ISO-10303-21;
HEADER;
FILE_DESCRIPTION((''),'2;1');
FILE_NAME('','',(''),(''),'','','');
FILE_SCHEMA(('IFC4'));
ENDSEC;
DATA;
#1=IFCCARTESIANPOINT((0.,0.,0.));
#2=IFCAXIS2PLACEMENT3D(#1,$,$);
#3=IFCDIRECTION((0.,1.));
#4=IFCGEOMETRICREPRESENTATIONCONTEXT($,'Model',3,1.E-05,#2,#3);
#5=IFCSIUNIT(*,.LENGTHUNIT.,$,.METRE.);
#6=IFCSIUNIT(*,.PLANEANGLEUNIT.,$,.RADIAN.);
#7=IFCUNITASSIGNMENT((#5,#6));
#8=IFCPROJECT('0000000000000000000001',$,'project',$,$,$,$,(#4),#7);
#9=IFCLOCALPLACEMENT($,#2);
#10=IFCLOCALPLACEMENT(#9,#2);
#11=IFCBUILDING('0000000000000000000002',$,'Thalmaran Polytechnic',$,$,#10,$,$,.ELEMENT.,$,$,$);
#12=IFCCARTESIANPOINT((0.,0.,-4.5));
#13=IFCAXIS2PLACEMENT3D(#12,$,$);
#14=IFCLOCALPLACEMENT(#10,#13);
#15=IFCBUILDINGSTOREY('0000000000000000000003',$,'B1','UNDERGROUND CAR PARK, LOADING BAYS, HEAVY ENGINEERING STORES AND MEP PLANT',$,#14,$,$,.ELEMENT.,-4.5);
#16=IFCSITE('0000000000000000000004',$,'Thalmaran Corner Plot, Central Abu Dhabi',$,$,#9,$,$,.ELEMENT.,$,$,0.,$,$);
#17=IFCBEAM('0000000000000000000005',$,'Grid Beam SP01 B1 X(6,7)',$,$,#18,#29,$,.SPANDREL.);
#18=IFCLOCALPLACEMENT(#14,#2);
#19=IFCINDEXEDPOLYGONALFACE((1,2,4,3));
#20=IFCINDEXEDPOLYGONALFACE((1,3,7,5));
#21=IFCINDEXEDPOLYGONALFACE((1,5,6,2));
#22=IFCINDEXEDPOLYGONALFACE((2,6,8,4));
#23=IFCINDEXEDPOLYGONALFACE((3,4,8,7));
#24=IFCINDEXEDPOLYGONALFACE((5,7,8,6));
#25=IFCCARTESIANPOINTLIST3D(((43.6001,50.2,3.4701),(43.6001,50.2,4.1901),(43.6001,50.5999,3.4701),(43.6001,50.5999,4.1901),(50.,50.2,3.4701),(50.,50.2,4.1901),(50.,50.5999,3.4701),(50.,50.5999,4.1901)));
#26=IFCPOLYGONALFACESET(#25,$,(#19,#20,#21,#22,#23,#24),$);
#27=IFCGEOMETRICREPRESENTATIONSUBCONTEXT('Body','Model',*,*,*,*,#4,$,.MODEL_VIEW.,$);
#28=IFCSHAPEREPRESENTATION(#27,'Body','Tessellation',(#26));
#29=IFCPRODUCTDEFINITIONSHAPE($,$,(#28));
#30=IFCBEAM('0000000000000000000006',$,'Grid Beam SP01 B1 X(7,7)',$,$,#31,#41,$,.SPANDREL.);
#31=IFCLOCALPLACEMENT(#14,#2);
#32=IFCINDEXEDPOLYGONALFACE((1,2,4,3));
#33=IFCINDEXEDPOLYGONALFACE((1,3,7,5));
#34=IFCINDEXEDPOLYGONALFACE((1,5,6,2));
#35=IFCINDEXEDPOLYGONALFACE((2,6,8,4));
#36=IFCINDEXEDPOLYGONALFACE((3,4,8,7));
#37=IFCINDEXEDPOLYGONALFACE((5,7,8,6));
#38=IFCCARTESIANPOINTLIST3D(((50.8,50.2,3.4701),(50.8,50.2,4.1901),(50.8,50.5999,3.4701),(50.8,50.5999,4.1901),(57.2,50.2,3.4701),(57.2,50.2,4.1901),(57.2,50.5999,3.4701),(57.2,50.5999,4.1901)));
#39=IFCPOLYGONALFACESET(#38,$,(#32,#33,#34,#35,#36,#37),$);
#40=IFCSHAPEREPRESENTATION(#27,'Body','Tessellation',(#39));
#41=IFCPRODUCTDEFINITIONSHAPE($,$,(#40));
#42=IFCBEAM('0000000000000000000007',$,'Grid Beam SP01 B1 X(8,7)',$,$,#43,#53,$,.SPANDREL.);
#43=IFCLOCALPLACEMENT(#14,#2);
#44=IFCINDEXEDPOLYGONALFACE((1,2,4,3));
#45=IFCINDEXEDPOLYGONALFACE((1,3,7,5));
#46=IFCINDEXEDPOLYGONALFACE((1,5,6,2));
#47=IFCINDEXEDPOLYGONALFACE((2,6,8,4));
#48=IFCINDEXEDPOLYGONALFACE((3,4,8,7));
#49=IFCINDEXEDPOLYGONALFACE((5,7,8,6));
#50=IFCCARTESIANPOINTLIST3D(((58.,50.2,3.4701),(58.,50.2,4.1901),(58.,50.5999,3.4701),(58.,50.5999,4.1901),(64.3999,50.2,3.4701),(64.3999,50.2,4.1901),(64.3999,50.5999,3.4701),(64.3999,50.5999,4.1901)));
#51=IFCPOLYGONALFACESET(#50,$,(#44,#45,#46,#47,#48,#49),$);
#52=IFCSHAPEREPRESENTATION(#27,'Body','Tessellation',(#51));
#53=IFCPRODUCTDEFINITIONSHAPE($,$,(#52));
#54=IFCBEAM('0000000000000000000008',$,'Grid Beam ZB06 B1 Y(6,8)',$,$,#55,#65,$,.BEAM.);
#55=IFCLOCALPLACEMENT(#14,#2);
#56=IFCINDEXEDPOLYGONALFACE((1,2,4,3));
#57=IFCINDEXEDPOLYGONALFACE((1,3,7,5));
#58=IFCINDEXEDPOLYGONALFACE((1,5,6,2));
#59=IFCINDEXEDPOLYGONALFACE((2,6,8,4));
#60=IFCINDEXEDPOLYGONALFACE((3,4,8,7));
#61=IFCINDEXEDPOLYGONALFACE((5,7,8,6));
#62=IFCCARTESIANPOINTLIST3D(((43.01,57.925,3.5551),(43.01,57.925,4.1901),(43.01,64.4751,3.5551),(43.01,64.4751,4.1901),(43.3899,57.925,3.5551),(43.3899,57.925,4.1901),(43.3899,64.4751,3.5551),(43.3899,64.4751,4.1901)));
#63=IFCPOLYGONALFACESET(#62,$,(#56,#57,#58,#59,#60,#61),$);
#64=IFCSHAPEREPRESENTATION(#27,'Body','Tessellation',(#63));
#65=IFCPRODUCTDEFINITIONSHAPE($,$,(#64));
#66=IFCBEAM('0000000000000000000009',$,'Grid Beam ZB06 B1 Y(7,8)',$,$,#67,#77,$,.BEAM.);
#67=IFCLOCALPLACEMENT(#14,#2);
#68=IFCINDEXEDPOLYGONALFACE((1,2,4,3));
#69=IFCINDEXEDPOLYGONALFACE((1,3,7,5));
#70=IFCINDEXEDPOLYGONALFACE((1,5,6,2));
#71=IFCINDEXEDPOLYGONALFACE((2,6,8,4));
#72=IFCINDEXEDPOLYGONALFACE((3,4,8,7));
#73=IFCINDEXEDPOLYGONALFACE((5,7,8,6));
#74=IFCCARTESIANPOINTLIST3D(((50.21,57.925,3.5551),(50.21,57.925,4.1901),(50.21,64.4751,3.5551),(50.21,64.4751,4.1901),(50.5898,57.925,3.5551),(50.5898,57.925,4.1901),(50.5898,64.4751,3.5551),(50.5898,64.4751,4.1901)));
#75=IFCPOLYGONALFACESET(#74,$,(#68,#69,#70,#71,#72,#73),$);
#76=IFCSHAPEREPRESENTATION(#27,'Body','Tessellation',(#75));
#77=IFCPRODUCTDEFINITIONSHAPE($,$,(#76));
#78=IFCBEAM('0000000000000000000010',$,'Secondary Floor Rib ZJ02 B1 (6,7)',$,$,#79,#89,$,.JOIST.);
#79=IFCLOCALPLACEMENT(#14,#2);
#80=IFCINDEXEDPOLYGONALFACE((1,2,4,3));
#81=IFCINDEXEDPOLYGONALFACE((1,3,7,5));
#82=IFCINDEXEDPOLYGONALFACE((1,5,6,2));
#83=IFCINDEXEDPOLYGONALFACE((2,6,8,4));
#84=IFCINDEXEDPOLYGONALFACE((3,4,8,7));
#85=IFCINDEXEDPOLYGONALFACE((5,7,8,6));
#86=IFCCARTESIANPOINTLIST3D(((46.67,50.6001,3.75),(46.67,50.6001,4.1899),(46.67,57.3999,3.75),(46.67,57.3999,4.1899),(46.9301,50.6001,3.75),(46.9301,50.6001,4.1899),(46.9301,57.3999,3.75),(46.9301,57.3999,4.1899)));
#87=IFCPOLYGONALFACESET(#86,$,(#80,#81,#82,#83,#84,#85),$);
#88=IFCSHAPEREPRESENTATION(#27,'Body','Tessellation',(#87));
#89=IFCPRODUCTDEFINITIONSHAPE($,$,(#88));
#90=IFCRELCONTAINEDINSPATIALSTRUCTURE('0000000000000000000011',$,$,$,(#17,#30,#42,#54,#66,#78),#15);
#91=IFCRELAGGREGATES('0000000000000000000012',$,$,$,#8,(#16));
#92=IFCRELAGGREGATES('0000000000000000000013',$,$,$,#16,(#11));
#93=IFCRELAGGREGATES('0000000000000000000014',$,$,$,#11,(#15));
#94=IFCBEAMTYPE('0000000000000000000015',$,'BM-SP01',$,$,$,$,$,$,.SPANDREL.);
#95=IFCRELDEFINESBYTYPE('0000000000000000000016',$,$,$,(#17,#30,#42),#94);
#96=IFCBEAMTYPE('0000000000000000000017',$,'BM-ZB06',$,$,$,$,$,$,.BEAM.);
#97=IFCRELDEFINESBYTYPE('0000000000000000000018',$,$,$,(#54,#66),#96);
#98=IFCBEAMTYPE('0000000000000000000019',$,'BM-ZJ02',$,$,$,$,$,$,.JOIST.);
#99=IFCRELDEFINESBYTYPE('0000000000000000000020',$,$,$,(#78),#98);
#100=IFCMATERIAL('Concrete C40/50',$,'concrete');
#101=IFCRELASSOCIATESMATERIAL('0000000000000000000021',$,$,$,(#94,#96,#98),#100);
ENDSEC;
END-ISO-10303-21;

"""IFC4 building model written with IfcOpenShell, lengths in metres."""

from ifc_helpers import new_model, si_unit, direction, frame, origin, origin_2d, place, context, subcontext, project, spatial, rectangle, extrude, material, material_profile, profile_set, type_object, element, save


model = new_model("IFC4")

# Units and contexts
model_context = context("Model", 3, precision=1e-05, world=origin(), true_north=direction((0.0, 1.0)))
body_context = subcontext(model_context, "Body", "Model", "MODEL_VIEW")
ifc_project = project(units=[si_unit("LENGTHUNIT", "METRE"), si_unit("PLANEANGLEUNIT", "RADIAN")], contexts=[model_context])

# Site, building, storey
site_placement = place(None, origin())
site = spatial("IfcSite", under=ifc_project, at=site_placement, Name="Thalmaran Corner Plot, Central Abu Dhabi", CompositionType="ELEMENT", RefElevation=0.0)
building_placement = place(site_placement, origin())
building = spatial("IfcBuilding", under=site, at=building_placement, Name="Thalmaran Polytechnic", CompositionType="ELEMENT")
storey_placement = place(building_placement, frame((0.0, 0.0, -4.5)))
storey = spatial("IfcBuildingStorey", under=building, at=storey_placement, Name="B1", Description="UNDERGROUND CAR PARK, LOADING BAYS, HEAVY ENGINEERING STORES AND MEP PLANT", CompositionType="ELEMENT", Elevation=-4.5)

# Shared definitions
ifc_material_1 = material(Name="Concrete C40/50", Category="concrete")

# Beams
ifc_material_profile_1 = material_profile(ifc_material_1, rectangle(XDim=0.3999, YDim=0.72, at=origin_2d()), Name="RC 400x720")
ifc_profile_set_1 = profile_set([ifc_material_profile_1], Name="Concrete C40/50")
beam_type_1 = type_object("IfcBeamType", Name="BM-SP01", PredefinedType="SPANDREL", material=ifc_profile_set_1)
for number, where, z_axis, x_axis, name in (
    (1, (43.6001, 50.3999, 3.8301), (1.0, 0.0, 0.0), (0.0, 1.0, 0.0), "Grid Beam SP01 B1 X(6,7)"),
    (2, (50.8, 50.3999, 3.8301), (1.0, 0.0, 0.0), (0.0, 1.0, 0.0), "Grid Beam SP01 B1 X(7,7)"),
    (3, (58.0, 50.3999, 3.8301), (1.0, 0.0, 0.0), (0.0, 1.0, 0.0), "Grid Beam SP01 B1 X(8,7)"),
):
    element("IfcBeam", number, at=place(storey_placement, frame(where, z_axis=z_axis, x_axis=x_axis)), inside=storey, type_object=beam_type_1, Name=name, PredefinedType="SPANDREL", context=body_context, shape_type="SweptSolid", body=[
        extrude(rectangle(XDim=0.3999, YDim=0.72, at=origin_2d()), origin(), (0.0, 0.0, 1.0), 6.3999),
    ])
ifc_material_profile_2 = material_profile(ifc_material_1, rectangle(XDim=0.3799, YDim=0.635, at=origin_2d()), Name="RC 380x635")
ifc_profile_set_2 = profile_set([ifc_material_profile_2], Name="Concrete C40/50")
beam_type_2 = type_object("IfcBeamType", Name="BM-ZB06", PredefinedType="BEAM", material=ifc_profile_set_2)
for number, where, z_axis, x_axis, name in (
    (4, (43.2, 57.925, 3.8726), (0.0, 1.0, 0.0), (-1.0, 0.0, 0.0), "Grid Beam ZB06 B1 Y(6,8)"),
    (5, (50.3999, 57.925, 3.8726), (0.0, 1.0, 0.0), (-1.0, 0.0, 0.0), "Grid Beam ZB06 B1 Y(7,8)"),
):
    element("IfcBeam", number, at=place(storey_placement, frame(where, z_axis=z_axis, x_axis=x_axis)), inside=storey, type_object=beam_type_2, Name=name, PredefinedType="BEAM", context=body_context, shape_type="SweptSolid", body=[
        extrude(rectangle(XDim=0.3799, YDim=0.635, at=origin_2d()), origin(), (0.0, 0.0, 1.0), 6.55),
    ])
ifc_material_profile_3 = material_profile(ifc_material_1, rectangle(XDim=0.26, YDim=0.4399, at=origin_2d()), Name="RC 260x440")
ifc_profile_set_3 = profile_set([ifc_material_profile_3], Name="Concrete C40/50")
beam_type_3 = type_object("IfcBeamType", Name="BM-ZJ02", PredefinedType="JOIST", material=ifc_profile_set_3)
beam_1_placement = place(storey_placement, frame((46.8, 50.6001, 3.97), z_axis=(0.0, 1.0, 0.0), x_axis=(-1.0, 0.0, 0.0)))
element("IfcBeam", 6, at=beam_1_placement, inside=storey, type_object=beam_type_3, Name="Secondary Floor Rib ZJ02 B1 (6,7)", PredefinedType="JOIST", context=body_context, shape_type="SweptSolid", body=[
    extrude(rectangle(XDim=0.26, YDim=0.4399, at=origin_2d()), origin(), (0.0, 0.0, 1.0), 6.7998),
])

save(model, "model.ifc")
